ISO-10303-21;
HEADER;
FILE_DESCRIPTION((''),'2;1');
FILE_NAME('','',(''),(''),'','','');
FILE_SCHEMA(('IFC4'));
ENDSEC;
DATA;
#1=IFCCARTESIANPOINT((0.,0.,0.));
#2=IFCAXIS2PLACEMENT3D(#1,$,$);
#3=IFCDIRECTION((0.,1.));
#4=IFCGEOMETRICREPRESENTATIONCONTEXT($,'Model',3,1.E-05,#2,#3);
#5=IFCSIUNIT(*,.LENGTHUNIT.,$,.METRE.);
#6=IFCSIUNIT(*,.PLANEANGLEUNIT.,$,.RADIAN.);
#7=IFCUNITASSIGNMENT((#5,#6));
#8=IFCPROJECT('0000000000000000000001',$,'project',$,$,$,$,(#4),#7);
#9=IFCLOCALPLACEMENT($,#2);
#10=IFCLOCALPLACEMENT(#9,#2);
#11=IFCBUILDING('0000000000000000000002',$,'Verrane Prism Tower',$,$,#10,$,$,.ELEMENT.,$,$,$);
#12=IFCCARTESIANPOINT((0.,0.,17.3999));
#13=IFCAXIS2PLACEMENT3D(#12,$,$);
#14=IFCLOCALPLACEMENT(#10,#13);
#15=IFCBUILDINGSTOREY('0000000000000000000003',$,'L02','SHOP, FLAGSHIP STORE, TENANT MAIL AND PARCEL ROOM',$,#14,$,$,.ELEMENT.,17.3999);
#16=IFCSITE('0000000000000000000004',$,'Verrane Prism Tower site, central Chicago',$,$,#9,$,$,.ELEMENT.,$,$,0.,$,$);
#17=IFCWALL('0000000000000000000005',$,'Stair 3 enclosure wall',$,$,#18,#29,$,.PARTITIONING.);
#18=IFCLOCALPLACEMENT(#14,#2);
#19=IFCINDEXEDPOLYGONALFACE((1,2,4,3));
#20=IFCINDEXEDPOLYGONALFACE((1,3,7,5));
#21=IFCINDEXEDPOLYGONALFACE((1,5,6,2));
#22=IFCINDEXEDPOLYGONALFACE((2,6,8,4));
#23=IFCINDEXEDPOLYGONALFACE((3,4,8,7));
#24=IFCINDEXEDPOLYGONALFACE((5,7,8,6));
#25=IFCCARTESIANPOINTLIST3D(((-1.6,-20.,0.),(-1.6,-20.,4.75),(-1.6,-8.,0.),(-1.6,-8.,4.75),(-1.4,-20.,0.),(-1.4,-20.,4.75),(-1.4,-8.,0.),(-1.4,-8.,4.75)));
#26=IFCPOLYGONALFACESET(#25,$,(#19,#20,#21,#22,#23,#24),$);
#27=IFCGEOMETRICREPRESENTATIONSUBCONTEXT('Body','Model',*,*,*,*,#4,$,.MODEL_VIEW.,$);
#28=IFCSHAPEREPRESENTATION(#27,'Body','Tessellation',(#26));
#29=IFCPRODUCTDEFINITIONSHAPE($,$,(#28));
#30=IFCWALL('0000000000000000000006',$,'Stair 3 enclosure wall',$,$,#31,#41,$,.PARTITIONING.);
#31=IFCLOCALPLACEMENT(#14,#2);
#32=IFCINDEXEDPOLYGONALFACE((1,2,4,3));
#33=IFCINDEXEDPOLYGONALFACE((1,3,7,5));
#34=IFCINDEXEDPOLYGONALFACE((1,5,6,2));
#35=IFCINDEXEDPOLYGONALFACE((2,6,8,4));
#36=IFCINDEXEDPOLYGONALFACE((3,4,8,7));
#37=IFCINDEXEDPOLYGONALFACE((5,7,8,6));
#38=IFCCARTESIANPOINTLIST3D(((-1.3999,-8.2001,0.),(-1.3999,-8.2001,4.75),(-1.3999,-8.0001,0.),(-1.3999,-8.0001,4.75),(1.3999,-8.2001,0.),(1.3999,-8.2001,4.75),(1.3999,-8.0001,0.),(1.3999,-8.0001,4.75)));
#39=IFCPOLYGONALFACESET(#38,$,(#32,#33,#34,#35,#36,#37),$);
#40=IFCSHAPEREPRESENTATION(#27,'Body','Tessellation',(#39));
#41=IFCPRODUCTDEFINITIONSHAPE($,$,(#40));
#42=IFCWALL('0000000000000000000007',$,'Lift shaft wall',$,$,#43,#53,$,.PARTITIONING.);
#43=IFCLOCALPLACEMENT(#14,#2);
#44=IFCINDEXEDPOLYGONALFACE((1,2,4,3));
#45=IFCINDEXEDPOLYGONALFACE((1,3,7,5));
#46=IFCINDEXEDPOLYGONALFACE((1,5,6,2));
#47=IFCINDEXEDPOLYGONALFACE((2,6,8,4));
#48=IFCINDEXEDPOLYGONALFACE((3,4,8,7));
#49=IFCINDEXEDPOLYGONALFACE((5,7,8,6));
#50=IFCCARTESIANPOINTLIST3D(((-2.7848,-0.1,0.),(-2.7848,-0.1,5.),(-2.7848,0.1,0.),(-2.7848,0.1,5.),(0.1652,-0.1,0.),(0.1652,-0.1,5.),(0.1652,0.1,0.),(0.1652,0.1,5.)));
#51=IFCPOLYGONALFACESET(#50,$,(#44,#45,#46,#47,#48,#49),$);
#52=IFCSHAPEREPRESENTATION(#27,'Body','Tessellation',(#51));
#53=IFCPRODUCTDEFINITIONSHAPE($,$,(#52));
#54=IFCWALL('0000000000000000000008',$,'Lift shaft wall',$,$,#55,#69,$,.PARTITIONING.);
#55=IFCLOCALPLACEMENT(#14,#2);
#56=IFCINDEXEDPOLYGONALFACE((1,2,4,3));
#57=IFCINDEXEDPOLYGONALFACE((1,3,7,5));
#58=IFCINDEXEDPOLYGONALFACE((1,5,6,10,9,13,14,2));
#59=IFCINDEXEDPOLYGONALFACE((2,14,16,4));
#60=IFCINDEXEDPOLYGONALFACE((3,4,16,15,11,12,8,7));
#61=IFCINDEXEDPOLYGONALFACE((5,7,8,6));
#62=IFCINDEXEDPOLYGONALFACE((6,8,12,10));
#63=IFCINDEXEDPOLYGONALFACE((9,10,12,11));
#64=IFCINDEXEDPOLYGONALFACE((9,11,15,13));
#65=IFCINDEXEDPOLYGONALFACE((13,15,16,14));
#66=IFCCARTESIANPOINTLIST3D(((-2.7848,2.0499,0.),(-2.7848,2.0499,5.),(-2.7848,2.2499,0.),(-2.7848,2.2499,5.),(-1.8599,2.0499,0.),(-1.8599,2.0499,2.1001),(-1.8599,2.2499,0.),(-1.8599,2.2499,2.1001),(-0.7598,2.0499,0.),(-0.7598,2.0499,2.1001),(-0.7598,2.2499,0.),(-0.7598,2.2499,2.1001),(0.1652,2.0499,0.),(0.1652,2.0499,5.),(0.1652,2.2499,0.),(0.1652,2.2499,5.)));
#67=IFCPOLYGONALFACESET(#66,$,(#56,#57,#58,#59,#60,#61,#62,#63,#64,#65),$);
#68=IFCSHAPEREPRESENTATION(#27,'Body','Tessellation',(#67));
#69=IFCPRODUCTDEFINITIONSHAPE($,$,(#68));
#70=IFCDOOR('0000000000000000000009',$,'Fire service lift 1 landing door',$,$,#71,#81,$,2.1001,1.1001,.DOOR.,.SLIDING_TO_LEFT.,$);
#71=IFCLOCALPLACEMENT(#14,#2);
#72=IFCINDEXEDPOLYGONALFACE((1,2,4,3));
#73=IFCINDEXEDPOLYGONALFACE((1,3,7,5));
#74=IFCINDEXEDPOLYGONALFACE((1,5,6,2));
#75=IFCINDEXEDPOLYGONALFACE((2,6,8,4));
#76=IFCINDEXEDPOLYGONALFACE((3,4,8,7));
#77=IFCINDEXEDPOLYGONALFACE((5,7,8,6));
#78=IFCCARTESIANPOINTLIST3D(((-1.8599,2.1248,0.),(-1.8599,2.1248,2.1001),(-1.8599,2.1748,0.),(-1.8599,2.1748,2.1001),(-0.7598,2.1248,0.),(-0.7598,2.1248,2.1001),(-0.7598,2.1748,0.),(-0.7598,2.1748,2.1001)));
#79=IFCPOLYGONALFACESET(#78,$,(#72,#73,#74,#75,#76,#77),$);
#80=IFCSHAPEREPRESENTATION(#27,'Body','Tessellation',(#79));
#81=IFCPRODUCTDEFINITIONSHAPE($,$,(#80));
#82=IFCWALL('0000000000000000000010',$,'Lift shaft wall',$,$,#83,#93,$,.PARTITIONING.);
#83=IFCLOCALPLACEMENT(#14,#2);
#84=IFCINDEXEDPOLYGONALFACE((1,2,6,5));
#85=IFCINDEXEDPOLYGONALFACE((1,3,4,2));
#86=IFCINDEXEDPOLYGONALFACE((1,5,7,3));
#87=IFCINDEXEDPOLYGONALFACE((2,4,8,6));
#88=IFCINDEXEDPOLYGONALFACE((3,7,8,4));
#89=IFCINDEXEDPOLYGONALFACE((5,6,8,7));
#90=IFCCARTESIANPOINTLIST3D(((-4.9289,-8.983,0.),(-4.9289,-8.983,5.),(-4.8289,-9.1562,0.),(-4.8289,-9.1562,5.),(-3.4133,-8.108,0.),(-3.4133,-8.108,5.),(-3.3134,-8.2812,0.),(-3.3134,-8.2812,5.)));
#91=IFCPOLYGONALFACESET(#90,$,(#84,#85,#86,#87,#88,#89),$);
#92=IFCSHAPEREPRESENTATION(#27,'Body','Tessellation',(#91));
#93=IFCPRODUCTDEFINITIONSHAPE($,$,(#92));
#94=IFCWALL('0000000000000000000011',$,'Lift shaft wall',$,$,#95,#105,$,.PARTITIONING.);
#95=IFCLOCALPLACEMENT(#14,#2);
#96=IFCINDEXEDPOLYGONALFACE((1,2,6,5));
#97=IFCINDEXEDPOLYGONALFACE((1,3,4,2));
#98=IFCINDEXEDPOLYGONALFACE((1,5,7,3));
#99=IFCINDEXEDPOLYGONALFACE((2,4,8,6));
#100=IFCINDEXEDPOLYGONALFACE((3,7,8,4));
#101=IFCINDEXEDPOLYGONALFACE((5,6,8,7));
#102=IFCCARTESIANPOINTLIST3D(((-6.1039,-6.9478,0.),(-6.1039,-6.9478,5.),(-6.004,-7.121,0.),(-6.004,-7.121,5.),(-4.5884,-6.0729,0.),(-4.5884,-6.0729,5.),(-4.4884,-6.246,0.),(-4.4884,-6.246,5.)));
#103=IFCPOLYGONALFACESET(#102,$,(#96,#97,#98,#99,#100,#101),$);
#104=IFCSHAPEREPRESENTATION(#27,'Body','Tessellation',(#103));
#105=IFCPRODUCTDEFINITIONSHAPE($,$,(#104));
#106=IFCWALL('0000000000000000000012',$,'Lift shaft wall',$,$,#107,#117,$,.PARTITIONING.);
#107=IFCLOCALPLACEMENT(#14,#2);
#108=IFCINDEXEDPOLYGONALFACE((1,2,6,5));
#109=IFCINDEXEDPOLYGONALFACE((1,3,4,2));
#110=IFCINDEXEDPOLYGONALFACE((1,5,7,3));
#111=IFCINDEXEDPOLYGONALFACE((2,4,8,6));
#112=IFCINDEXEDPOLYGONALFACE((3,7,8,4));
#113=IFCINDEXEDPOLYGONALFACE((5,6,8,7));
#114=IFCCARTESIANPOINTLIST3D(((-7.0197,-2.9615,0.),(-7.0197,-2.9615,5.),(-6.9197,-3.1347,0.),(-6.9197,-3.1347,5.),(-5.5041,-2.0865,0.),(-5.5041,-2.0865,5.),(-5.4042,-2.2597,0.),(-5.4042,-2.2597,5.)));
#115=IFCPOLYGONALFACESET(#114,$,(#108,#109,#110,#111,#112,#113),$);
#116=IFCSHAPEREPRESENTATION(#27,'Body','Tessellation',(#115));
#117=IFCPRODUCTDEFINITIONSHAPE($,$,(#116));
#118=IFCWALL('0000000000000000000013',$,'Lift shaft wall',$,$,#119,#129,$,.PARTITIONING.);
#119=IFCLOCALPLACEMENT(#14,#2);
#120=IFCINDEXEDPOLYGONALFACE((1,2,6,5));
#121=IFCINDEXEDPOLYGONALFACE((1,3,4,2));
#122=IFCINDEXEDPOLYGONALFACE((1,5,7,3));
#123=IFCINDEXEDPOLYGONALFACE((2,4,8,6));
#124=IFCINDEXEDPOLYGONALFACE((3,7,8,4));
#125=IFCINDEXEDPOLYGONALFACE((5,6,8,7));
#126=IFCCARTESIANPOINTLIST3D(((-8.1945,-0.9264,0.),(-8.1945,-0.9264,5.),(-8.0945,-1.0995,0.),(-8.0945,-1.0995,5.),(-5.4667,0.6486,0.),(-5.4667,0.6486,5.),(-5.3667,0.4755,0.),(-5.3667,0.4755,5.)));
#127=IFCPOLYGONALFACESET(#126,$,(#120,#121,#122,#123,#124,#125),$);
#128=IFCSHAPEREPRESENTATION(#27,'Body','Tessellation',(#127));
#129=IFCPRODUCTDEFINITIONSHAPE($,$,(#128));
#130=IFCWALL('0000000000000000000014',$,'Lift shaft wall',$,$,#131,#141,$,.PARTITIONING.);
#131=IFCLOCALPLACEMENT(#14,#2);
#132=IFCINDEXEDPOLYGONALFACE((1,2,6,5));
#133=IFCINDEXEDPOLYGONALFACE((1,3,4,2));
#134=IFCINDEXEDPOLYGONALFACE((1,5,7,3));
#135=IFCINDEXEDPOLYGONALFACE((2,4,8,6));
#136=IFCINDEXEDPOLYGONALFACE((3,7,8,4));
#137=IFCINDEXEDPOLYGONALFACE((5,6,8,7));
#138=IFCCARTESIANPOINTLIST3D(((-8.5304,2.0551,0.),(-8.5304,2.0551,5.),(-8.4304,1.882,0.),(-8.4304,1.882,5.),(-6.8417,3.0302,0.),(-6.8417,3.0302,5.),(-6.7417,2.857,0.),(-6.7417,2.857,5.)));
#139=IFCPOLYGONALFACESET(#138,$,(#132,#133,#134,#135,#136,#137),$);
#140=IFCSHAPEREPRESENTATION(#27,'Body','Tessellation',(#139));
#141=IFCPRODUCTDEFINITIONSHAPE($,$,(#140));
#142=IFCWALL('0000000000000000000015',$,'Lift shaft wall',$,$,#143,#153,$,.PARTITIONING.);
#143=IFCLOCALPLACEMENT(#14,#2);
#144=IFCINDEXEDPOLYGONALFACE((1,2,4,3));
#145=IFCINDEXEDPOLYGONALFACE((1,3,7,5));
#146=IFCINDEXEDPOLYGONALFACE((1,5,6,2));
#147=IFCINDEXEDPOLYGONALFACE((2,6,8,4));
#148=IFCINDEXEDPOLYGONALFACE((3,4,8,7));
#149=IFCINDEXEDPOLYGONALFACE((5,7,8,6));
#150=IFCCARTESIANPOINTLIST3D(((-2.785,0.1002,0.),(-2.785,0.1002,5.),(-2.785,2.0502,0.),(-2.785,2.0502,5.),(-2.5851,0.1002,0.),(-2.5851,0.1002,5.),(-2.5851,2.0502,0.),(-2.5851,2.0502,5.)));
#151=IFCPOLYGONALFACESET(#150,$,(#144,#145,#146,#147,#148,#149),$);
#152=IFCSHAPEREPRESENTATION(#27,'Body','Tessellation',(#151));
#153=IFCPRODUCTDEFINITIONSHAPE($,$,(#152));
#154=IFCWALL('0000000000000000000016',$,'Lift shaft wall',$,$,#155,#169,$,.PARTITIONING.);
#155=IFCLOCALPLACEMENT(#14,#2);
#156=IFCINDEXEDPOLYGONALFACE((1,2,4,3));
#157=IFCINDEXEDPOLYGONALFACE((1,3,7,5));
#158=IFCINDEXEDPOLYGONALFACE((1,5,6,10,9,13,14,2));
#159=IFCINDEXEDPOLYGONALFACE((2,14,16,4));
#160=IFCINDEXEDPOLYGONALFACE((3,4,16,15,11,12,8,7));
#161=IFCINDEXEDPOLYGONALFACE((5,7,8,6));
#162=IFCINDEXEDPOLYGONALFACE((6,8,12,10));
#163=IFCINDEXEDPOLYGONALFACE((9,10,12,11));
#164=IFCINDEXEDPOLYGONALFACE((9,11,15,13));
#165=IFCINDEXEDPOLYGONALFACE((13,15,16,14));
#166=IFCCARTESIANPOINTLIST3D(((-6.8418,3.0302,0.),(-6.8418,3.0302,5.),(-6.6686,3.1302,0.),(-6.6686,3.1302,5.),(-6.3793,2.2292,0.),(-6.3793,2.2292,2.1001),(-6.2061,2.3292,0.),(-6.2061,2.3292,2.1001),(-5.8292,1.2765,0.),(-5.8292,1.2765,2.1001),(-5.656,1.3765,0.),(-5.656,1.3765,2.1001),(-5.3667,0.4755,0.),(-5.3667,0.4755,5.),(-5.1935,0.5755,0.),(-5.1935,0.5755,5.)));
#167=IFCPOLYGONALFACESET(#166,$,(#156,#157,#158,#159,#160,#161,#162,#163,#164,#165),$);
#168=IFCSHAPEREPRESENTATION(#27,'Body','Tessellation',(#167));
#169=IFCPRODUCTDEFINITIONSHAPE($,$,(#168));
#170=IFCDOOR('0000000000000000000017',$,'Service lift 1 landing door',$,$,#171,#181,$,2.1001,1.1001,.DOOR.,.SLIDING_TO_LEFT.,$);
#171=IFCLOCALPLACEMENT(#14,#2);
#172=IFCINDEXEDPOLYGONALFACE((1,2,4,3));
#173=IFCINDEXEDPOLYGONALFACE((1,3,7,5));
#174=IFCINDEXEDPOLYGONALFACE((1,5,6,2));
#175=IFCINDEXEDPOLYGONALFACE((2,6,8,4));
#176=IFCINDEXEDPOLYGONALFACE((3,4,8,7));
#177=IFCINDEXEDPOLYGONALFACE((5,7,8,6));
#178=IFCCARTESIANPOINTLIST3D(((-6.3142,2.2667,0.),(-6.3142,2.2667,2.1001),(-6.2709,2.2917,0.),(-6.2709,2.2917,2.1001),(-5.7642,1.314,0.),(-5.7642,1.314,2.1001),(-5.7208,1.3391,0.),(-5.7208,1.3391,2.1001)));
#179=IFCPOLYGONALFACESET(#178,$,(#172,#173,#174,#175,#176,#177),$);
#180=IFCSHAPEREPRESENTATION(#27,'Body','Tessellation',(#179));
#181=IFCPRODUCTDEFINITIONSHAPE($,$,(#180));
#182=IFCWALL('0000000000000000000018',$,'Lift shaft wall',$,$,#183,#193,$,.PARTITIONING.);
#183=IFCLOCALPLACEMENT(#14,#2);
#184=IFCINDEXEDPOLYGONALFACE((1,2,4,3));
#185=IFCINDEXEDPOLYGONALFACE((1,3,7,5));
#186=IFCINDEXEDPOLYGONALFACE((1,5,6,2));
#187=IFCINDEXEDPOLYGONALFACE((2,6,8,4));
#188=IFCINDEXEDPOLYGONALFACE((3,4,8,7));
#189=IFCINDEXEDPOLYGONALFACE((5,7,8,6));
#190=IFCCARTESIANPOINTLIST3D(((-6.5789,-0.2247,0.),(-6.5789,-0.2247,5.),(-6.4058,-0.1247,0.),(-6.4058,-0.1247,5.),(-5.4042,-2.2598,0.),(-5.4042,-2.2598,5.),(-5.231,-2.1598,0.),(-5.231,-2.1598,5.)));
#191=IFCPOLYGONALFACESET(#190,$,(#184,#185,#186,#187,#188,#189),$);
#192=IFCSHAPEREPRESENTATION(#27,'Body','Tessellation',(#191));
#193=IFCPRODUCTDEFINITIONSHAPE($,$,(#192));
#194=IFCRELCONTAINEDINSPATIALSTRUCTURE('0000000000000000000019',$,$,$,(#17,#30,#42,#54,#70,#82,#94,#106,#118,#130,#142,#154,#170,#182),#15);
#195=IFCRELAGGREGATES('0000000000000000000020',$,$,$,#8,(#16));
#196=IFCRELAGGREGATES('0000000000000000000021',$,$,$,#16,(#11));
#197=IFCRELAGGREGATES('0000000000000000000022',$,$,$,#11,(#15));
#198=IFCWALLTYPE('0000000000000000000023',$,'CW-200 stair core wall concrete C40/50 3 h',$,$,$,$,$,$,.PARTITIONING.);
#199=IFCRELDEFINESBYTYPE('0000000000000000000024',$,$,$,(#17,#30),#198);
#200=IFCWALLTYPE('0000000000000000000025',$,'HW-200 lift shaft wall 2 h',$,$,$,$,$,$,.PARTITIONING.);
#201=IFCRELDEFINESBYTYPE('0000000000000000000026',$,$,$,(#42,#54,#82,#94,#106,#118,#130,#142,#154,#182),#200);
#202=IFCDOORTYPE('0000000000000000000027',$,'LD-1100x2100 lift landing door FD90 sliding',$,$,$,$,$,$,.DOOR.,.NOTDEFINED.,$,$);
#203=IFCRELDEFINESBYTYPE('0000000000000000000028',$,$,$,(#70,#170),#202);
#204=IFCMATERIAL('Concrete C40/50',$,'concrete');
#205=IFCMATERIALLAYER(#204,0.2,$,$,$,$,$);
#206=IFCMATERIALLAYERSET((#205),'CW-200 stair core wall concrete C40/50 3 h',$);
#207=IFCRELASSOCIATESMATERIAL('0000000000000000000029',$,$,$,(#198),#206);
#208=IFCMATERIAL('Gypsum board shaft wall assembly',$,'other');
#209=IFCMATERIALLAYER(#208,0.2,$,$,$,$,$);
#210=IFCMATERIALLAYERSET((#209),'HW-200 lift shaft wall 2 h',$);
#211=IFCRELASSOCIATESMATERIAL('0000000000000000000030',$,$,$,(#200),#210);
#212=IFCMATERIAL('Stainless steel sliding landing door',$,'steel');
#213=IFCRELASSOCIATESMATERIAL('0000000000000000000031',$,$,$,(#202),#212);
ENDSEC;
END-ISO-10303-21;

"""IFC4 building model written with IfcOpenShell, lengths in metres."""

from ifc_helpers import new_model, si_unit, direction, frame, frame_2d, origin, place, context, subcontext, project, spatial, rectangle, extrude, material, layer, layer_set, type_object, element, fill, save


model = new_model("IFC4")

# Units and contexts
model_context = context("Model", 3, precision=1e-05, world=origin(), true_north=direction((0.0, 1.0)))
body_context = subcontext(model_context, "Body", "Model", "MODEL_VIEW")
ifc_project = project(units=[si_unit("LENGTHUNIT", "METRE"), si_unit("PLANEANGLEUNIT", "RADIAN")], contexts=[model_context])

# Site, building, storey
site_placement = place(None, origin())
site = spatial("IfcSite", under=ifc_project, at=site_placement, Name="Verrane Prism Tower site, central Chicago", CompositionType="ELEMENT", RefElevation=0.0)
building_placement = place(site_placement, origin())
building = spatial("IfcBuilding", under=site, at=building_placement, Name="Verrane Prism Tower", CompositionType="ELEMENT")
storey_placement = place(building_placement, frame((0.0, 0.0, 17.3999)))
storey = spatial("IfcBuildingStorey", under=building, at=storey_placement, Name="L02", Description="SHOP, FLAGSHIP STORE, TENANT MAIL AND PARCEL ROOM", CompositionType="ELEMENT", Elevation=17.3999)

# Walls
ifc_material_1 = material(Name="Concrete C40/50", Category="concrete")
ifc_layer_1 = layer(ifc_material_1, 0.2)
ifc_layer_set_1 = layer_set([ifc_layer_1], Name="CW-200 stair core wall concrete C40/50 3 h")
wall_type_1 = type_object("IfcWallType", Name="CW-200 stair core wall concrete C40/50 3 h", PredefinedType="PARTITIONING", material=ifc_layer_set_1)
for number, where, z_axis, x_axis, name in (
    (1, (-1.5, -8.0, 0.0), (0.0, 0.0, 1.0), (0.0, -1.0, 0.0), "Stair 3 enclosure wall"),
):
    element("IfcWall", number, at=place(storey_placement, frame(where, z_axis=z_axis, x_axis=x_axis)), inside=storey, type_object=wall_type_1, Name=name, PredefinedType="PARTITIONING", context=body_context, shape_type="SweptSolid", body=[
        extrude(rectangle(XDim=12.0, YDim=0.2, at=frame_2d((6.0, 0.0))), origin(), (0.0, 0.0, 1.0), 4.75),
    ])
wall_1_placement = place(storey_placement, frame((-1.3999, -8.1001, 0.0), z_axis=(0.0, 0.0, 1.0), x_axis=(1.0, 0.0, 0.0)))
element("IfcWall", 2, at=wall_1_placement, inside=storey, type_object=wall_type_1, Name="Stair 3 enclosure wall", PredefinedType="PARTITIONING", context=body_context, shape_type="SweptSolid", body=[
    extrude(rectangle(XDim=2.7998, YDim=0.2, at=frame_2d((1.3999, 0.0))), origin(), (0.0, 0.0, 1.0), 4.75),
])
ifc_material_2 = material(Name="Gypsum board shaft wall assembly", Category="other")
ifc_layer_2 = layer(ifc_material_2, 0.2)
ifc_layer_set_2 = layer_set([ifc_layer_2], Name="HW-200 lift shaft wall 2 h")
wall_type_2 = type_object("IfcWallType", Name="HW-200 lift shaft wall 2 h", PredefinedType="PARTITIONING", material=ifc_layer_set_2)
wall_2_placement = place(storey_placement, frame((-2.7849, 0.0, 0.0), z_axis=(0.0, 0.0, 1.0), x_axis=(1.0, 0.0, 0.0)))
element("IfcWall", 3, at=wall_2_placement, inside=storey, type_object=wall_type_2, Name="Lift shaft wall", PredefinedType="PARTITIONING", context=body_context, shape_type="SweptSolid", body=[
    extrude(rectangle(XDim=2.95, YDim=0.2, at=frame_2d((1.4751, 0.0))), origin(), (0.0, 0.0, 1.0), 5.0),
])

# Wall, opening, door
wall_3_placement = place(storey_placement, frame((-2.7849, 2.1499, 0.0), z_axis=(0.0, 0.0, 1.0), x_axis=(1.0, 0.0, 0.0)))
wall_3 = element("IfcWall", 4, at=wall_3_placement, inside=storey, type_object=wall_type_2, Name="Lift shaft wall", PredefinedType="PARTITIONING", context=body_context, shape_type="SweptSolid", body=[
    extrude(rectangle(XDim=2.95, YDim=0.2, at=frame_2d((1.4751, 0.0))), origin(), (0.0, 0.0, 1.0), 5.0),
])
opening_1_placement = place(wall_3_placement, frame((0.925, 0.0, 0.0)))
opening_1 = element("IfcOpeningElement", 5, at=opening_1_placement, cuts=wall_3, PredefinedType="OPENING", context=body_context, shape_type="SweptSolid", body=[
    extrude(rectangle(XDim=1.1001, YDim=2.1001, at=frame_2d((0.55, 1.05))), frame((0.0, 0.1099, 0.0), z_axis=(0.0, -1.0, 0.0), x_axis=(1.0, 0.0, 0.0)), (0.0, 0.0, 1.0), 0.22),
])
ifc_material_3 = material(Name="Stainless steel sliding landing door", Category="steel")
door_type = type_object("IfcDoorType", Name="LD-1100x2100 lift landing door FD90 sliding", OperationType="NOTDEFINED", PredefinedType="DOOR", material=ifc_material_3)
door_1_placement = place(opening_1_placement, origin())
door_1 = element("IfcDoor", 6, at=door_1_placement, inside=storey, type_object=door_type, Name="Fire service lift 1 landing door", OperationType="SLIDING_TO_LEFT", OverallHeight=2.1001, OverallWidth=1.1001, PredefinedType="DOOR", context=body_context, shape_type="SweptSolid", body=[
    extrude(rectangle(XDim=1.1001, YDim=2.1001, at=frame_2d((0.55, 1.05))), frame((0.0, 0.0249, 0.0), z_axis=(0.0, -1.0, 0.0), x_axis=(1.0, 0.0, 0.0)), (0.0, 0.0, 1.0), 0.05),
])
fill(opening_1, door_1)

# Walls
for number, where, z_axis, x_axis, name in (
    (7, (-4.8789, -9.0696, 0.0), (0.0, 0.0, 1.0), (0.866037, 0.49998, 0.0), "Lift shaft wall"),
    (8, (-6.054, -7.0344, 0.0), (0.0, 0.0, 1.0), (0.866037, 0.49998, 0.0), "Lift shaft wall"),
    (9, (-6.9697, -3.0481, 0.0), (0.0, 0.0, 1.0), (0.866037, 0.49998, 0.0), "Lift shaft wall"),
):
    element("IfcWall", number, at=place(storey_placement, frame(where, z_axis=z_axis, x_axis=x_axis)), inside=storey, type_object=wall_type_2, Name=name, PredefinedType="PARTITIONING", context=body_context, shape_type="SweptSolid", body=[
        extrude(rectangle(XDim=1.75, YDim=0.2, at=frame_2d((0.875, 0.0))), origin(), (0.0, 0.0, 1.0), 5.0),
    ])
wall_4_placement = place(storey_placement, frame((-8.1445, -1.0129, 0.0), z_axis=(0.0, 0.0, 1.0), x_axis=(0.866016, 0.500015, 0.0)))
element("IfcWall", 10, at=wall_4_placement, inside=storey, type_object=wall_type_2, Name="Lift shaft wall", PredefinedType="PARTITIONING", context=body_context, shape_type="SweptSolid", body=[
    extrude(rectangle(XDim=3.1499, YDim=0.2, at=frame_2d((1.575, 0.0))), origin(), (0.0, 0.0, 1.0), 5.0),
])
for number, where, z_axis, x_axis, name in (
    (11, (-8.4805, 1.9685, 0.0), (0.0, 0.0, 1.0), (0.866, 0.500044, 0.0), "Lift shaft wall"),
    (12, (-2.6851, 0.1001, 0.0), (0.0, 0.0, 1.0), (0.0, 1.0, 0.0), "Lift shaft wall"),
):
    element("IfcWall", number, at=place(storey_placement, frame(where, z_axis=z_axis, x_axis=x_axis)), inside=storey, type_object=wall_type_2, Name=name, PredefinedType="PARTITIONING", context=body_context, shape_type="SweptSolid", body=[
        extrude(rectangle(XDim=1.95, YDim=0.2, at=frame_2d((0.9751, 0.0))), origin(), (0.0, 0.0, 1.0), 5.0),
    ])

# Wall, opening, door
wall_5_placement = place(storey_placement, frame((-5.28, 0.5254, 0.0), z_axis=(0.0, 0.0, 1.0), x_axis=(-0.500038, 0.866004, 0.0)))
wall_5 = element("IfcWall", 13, at=wall_5_placement, inside=storey, type_object=wall_type_2, Name="Lift shaft wall", PredefinedType="PARTITIONING", context=body_context, shape_type="SweptSolid", body=[
    extrude(rectangle(XDim=2.95, YDim=0.2, at=frame_2d((1.4751, 0.0))), origin(), (0.0, 0.0, 1.0), 5.0),
])
opening_2_placement = place(wall_5_placement, frame((0.925, 0.0, 0.0)))
opening_2 = element("IfcOpeningElement", 14, at=opening_2_placement, cuts=wall_5, PredefinedType="OPENING", context=body_context, shape_type="SweptSolid", body=[
    extrude(rectangle(XDim=1.1001, YDim=2.1001, at=frame_2d((0.55, 1.05))), frame((0.0, 0.1099, 0.0), z_axis=(0.0, -1.0, 0.0), x_axis=(1.0, 0.0, 0.0)), (0.0, 0.0, 1.0), 0.22),
])
door_2_placement = place(opening_2_placement, origin())
door_2 = element("IfcDoor", 15, at=door_2_placement, inside=storey, type_object=door_type, Name="Service lift 1 landing door", OperationType="SLIDING_TO_LEFT", OverallHeight=2.1001, OverallWidth=1.1001, PredefinedType="DOOR", context=body_context, shape_type="SweptSolid", body=[
    extrude(rectangle(XDim=1.1001, YDim=2.1001, at=frame_2d((0.55, 1.05))), frame((0.0, 0.0249, 0.0), z_axis=(0.0, -1.0, 0.0), x_axis=(1.0, 0.0, 0.0)), (0.0, 0.0, 1.0), 0.05),
])
fill(opening_2, door_2)

# Wall
wall_6_placement = place(storey_placement, frame((-5.3176, -2.2097, 0.0), z_axis=(0.0, 0.0, 1.0), x_axis=(-0.499938, 0.866061, 0.0)))
element("IfcWall", 16, at=wall_6_placement, inside=storey, type_object=wall_type_2, Name="Lift shaft wall", PredefinedType="PARTITIONING", context=body_context, shape_type="SweptSolid", body=[
    extrude(rectangle(XDim=2.3499, YDim=0.2, at=frame_2d((1.1748, 0.0))), origin(), (0.0, 0.0, 1.0), 5.0),
])

save(model, "model.ifc")
